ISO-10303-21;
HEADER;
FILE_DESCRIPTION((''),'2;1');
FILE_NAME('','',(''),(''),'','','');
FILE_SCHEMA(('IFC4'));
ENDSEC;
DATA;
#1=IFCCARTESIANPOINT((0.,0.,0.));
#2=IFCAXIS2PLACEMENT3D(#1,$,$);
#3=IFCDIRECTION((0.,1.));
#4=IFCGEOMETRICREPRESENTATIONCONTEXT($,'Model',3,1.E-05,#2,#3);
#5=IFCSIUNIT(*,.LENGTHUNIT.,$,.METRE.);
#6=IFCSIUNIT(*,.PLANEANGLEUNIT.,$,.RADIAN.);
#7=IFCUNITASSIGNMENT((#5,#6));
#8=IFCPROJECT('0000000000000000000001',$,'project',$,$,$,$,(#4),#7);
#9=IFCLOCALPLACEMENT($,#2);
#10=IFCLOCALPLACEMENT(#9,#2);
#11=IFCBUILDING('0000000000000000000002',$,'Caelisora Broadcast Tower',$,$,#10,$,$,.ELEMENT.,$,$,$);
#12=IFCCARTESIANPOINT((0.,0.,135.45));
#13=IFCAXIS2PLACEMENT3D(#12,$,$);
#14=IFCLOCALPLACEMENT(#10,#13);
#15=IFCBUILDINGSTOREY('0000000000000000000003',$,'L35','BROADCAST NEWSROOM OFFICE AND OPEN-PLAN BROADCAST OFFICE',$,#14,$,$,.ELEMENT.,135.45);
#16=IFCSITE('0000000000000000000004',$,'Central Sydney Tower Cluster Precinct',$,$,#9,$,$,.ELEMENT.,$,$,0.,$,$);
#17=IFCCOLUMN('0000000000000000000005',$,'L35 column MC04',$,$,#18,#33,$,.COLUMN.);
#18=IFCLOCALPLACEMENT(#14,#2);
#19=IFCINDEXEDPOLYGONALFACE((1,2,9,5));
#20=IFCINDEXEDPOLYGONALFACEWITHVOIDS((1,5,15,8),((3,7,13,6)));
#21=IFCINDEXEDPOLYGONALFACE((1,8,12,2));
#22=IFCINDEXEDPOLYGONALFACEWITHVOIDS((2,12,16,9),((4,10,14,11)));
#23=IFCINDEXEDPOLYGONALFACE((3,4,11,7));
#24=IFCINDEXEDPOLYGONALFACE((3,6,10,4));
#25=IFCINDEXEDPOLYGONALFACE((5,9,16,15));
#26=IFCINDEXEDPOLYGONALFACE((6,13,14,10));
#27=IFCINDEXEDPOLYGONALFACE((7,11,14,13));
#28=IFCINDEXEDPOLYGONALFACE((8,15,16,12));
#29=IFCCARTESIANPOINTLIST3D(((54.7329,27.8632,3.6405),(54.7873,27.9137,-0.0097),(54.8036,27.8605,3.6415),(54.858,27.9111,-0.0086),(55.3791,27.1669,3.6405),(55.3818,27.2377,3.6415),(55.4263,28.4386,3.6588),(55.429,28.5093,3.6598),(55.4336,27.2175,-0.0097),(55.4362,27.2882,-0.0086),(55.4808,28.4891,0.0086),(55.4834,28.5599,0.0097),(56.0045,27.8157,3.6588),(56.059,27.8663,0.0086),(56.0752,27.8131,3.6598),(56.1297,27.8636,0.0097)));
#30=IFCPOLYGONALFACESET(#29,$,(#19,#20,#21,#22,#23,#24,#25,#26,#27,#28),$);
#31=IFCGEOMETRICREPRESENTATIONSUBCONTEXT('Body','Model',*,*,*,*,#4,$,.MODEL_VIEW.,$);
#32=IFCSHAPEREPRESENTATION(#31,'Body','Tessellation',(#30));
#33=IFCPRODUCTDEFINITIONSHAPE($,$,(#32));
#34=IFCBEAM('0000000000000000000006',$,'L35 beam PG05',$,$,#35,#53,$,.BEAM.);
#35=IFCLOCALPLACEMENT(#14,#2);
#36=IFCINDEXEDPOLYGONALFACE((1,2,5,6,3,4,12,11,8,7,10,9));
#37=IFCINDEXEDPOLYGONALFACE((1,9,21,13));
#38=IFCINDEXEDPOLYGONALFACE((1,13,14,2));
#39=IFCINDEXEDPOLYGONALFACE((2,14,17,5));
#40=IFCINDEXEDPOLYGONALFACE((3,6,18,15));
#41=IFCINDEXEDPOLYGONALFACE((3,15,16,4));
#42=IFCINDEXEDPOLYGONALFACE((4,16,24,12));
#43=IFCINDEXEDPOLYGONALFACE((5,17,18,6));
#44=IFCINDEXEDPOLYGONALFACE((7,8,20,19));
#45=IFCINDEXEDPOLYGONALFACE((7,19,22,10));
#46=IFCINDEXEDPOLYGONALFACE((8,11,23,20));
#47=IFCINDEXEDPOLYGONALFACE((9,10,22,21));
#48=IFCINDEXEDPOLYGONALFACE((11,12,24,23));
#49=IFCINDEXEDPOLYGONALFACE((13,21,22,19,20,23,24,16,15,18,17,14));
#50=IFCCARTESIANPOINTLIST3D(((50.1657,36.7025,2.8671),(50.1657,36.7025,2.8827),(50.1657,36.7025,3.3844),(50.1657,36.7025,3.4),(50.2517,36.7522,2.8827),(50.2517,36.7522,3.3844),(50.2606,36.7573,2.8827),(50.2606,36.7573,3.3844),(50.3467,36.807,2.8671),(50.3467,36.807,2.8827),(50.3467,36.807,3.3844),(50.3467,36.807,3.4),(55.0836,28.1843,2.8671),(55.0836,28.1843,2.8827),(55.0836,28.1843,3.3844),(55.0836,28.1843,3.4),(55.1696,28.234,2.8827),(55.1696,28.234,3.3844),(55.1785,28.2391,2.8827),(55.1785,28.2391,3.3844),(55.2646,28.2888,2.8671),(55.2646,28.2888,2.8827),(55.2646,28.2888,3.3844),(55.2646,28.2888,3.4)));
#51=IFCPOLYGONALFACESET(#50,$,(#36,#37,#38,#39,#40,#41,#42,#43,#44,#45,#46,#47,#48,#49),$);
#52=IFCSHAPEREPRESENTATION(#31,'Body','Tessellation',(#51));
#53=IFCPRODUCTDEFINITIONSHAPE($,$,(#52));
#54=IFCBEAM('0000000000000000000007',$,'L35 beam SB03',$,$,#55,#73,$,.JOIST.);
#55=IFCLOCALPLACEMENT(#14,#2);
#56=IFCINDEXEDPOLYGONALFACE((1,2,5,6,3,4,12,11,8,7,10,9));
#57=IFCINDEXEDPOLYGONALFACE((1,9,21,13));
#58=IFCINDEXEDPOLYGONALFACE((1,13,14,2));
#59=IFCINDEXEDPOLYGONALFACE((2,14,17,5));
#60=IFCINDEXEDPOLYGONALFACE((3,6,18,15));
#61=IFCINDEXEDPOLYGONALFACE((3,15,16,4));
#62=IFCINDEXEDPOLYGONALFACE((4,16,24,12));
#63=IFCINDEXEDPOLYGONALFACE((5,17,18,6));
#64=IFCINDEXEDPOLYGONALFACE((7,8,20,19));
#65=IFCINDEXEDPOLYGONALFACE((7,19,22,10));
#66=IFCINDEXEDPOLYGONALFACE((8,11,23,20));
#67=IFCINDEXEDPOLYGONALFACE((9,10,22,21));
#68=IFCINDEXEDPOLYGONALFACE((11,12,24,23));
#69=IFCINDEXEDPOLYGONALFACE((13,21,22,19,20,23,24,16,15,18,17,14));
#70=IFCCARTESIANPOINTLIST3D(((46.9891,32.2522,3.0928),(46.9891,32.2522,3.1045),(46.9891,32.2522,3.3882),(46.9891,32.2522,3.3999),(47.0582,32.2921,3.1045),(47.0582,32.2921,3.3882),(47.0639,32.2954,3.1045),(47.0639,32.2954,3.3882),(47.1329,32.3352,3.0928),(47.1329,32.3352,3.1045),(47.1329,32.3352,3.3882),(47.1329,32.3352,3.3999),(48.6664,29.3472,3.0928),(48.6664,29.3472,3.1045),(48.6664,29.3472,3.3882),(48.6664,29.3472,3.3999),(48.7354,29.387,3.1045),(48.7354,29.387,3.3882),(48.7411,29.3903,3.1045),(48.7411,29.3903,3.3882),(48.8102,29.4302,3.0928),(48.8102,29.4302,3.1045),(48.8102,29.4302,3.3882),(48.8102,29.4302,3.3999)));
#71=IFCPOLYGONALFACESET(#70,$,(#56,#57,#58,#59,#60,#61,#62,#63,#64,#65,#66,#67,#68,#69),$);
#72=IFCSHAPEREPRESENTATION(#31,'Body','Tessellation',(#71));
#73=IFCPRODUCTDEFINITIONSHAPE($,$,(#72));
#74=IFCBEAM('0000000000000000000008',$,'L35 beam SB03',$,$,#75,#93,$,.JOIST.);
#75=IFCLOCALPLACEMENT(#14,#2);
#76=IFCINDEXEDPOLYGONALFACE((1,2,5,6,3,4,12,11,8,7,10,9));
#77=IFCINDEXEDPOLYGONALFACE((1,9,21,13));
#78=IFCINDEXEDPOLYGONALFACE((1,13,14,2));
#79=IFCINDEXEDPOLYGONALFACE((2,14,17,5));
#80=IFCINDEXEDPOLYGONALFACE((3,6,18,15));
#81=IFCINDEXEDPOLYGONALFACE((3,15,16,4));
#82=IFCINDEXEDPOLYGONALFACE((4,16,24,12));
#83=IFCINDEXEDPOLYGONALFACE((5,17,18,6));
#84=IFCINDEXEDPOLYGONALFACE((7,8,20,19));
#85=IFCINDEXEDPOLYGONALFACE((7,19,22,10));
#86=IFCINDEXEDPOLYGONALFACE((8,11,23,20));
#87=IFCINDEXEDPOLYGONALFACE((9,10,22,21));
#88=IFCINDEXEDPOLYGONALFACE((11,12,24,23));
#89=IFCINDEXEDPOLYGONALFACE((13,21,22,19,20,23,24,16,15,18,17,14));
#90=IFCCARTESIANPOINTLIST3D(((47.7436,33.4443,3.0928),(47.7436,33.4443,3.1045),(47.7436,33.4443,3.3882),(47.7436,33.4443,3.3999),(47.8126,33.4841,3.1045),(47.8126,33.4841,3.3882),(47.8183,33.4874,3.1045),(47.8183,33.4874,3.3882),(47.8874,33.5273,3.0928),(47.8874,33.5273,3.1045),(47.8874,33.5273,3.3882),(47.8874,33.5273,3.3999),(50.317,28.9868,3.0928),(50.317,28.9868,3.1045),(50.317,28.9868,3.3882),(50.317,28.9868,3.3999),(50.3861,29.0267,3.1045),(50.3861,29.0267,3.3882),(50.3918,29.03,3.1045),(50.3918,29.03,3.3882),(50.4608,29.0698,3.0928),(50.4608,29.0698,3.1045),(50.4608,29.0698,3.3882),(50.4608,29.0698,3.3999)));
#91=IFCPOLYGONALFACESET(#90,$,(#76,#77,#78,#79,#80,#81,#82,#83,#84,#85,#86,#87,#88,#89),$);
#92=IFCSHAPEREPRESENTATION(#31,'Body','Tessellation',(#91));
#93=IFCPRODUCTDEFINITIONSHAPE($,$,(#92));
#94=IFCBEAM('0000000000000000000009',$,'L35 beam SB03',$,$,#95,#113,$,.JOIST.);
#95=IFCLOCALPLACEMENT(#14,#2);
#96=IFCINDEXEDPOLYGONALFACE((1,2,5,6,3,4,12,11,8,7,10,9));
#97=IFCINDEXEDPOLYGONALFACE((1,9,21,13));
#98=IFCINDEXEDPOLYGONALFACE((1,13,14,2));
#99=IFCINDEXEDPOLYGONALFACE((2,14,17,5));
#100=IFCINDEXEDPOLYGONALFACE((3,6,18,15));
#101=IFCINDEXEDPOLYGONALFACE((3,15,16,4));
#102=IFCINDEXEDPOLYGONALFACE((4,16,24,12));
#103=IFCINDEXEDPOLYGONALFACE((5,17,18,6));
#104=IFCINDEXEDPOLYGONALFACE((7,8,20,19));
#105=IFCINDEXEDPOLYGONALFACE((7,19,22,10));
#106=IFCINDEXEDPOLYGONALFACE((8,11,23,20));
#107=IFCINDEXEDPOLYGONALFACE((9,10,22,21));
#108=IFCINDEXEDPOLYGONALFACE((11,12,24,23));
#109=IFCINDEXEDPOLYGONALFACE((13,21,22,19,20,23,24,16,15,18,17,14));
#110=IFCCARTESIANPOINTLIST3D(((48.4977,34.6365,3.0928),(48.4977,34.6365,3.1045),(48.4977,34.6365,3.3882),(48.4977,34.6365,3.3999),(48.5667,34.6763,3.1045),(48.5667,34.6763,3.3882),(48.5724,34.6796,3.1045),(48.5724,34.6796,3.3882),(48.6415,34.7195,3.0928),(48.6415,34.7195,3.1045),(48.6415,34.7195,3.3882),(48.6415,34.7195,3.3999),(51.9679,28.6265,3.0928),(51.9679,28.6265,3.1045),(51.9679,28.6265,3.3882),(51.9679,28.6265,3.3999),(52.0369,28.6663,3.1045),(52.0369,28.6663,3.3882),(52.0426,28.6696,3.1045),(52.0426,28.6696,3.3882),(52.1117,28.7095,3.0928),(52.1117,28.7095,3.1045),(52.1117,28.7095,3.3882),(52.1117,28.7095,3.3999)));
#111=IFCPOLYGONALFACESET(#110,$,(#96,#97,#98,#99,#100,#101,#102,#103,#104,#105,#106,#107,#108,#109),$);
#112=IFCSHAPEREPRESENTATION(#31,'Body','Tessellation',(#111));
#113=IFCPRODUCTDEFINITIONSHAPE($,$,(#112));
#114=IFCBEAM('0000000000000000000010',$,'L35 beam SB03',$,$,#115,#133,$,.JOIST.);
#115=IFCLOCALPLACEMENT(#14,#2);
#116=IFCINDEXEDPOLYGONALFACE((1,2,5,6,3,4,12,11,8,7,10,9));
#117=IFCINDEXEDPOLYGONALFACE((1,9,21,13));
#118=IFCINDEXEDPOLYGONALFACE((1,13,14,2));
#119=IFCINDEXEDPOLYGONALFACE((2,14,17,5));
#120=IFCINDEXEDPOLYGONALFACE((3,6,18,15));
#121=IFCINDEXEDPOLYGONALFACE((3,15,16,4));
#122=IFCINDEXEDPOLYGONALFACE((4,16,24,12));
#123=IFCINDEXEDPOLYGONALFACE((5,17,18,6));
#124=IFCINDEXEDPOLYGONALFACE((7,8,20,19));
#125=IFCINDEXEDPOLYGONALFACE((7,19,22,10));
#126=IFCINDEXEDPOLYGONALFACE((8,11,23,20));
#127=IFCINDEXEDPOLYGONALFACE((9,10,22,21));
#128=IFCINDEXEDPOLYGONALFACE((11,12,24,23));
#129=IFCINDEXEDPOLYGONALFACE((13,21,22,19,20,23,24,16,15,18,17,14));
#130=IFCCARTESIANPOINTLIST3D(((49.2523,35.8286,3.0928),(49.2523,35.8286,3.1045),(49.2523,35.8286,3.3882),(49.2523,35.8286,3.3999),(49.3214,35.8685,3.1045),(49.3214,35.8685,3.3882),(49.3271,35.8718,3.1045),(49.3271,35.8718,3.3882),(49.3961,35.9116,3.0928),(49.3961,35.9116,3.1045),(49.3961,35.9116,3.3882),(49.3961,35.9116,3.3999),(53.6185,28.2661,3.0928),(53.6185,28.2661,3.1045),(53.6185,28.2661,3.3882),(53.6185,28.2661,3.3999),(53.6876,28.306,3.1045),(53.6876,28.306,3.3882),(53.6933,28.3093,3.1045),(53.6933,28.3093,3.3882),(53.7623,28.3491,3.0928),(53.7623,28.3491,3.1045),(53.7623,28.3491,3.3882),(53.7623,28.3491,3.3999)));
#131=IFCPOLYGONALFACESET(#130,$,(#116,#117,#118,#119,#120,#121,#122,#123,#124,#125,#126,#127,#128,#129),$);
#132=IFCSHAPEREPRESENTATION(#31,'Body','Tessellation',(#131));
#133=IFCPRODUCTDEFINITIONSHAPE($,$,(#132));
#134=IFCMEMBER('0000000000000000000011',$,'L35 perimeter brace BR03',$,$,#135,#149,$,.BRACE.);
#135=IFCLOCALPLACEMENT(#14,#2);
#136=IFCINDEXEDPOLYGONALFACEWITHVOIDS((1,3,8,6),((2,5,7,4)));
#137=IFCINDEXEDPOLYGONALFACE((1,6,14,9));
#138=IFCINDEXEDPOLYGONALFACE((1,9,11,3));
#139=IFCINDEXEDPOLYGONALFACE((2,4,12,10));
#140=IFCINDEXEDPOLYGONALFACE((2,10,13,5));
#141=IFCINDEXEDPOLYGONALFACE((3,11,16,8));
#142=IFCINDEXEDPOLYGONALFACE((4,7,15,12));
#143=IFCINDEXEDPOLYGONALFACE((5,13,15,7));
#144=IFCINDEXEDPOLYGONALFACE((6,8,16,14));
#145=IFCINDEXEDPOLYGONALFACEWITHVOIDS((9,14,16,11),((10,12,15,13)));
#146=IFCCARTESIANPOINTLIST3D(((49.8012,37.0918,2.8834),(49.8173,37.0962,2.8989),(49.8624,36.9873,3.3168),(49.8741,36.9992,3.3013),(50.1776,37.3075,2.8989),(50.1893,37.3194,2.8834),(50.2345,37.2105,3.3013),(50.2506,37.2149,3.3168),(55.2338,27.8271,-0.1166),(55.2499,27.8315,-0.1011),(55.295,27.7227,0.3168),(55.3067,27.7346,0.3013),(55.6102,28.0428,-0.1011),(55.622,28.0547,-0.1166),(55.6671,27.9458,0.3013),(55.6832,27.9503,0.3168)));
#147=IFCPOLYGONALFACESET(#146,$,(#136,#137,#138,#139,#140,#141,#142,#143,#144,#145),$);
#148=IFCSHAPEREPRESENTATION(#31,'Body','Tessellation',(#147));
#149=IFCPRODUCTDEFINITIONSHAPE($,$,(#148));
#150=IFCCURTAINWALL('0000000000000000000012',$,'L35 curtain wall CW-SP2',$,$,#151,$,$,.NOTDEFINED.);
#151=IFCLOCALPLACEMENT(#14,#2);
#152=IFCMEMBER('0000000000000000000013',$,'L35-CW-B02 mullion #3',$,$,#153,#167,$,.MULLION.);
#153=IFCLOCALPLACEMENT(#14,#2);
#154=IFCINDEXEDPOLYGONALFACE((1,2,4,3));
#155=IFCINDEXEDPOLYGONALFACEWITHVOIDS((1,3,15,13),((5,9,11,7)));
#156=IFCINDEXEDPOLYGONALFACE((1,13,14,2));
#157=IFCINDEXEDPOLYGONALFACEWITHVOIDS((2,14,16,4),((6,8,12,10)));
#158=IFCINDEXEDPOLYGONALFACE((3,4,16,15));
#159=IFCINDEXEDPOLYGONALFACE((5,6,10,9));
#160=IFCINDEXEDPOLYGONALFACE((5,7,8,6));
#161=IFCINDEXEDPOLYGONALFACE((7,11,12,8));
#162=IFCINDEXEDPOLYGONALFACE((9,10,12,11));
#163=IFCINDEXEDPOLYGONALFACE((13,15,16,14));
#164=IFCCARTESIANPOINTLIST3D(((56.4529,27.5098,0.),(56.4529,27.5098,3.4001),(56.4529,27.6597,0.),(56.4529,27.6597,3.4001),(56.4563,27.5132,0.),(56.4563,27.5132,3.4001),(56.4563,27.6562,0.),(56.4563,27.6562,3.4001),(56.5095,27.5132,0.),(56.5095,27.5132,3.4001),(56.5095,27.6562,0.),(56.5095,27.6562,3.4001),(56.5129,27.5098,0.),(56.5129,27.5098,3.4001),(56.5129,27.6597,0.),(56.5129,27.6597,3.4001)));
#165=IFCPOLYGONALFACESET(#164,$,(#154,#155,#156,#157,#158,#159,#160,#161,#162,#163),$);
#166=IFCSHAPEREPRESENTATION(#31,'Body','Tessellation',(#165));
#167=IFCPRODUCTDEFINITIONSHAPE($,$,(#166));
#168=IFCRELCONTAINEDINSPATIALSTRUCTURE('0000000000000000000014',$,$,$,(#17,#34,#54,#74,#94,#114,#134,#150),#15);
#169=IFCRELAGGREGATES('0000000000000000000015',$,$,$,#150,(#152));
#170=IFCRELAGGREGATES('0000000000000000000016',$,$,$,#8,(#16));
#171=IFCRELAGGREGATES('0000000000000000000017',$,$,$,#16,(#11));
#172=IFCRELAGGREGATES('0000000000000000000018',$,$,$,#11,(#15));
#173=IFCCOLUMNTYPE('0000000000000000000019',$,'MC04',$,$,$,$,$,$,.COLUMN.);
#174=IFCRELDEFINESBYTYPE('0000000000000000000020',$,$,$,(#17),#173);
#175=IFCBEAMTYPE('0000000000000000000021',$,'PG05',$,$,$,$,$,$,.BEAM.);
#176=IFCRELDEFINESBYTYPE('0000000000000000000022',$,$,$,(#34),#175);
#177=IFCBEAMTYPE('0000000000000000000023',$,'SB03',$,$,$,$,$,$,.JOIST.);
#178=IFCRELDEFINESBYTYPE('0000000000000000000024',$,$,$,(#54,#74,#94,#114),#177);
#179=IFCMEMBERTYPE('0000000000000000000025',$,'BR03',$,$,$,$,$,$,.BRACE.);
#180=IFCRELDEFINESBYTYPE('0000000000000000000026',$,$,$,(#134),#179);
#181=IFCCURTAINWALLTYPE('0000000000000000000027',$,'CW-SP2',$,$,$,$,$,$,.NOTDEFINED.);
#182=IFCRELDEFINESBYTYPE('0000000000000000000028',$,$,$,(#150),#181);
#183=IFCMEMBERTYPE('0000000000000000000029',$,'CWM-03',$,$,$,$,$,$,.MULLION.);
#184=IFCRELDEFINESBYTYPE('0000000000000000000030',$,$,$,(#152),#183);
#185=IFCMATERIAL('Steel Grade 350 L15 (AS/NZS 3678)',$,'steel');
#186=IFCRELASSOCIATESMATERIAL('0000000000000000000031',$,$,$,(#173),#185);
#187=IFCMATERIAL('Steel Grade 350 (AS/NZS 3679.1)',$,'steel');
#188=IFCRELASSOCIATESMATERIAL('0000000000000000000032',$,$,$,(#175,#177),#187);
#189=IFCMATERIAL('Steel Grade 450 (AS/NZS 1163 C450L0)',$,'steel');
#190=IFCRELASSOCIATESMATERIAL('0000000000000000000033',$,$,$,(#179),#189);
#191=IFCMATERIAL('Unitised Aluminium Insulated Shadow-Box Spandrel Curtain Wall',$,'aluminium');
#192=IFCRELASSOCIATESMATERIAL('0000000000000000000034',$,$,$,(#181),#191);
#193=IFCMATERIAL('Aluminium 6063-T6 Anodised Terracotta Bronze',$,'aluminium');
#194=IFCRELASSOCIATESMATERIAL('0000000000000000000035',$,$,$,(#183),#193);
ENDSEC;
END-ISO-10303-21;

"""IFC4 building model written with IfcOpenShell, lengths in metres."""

from ifc_helpers import new_model, si_unit, direction, frame, origin, origin_2d, place, context, subcontext, project, spatial, hollow_rectangle, i_section, extrude, source, transform, mapped, material, material_profile, profile_set, type_object, type_shapes, element, aggregate, save


model = new_model("IFC4")

# Units and contexts
model_context = context("Model", 3, precision=1e-05, world=origin(), true_north=direction((0.0, 1.0)))
body_context = subcontext(model_context, "Body", "Model", "MODEL_VIEW")
ifc_project = project(units=[si_unit("LENGTHUNIT", "METRE"), si_unit("PLANEANGLEUNIT", "RADIAN")], contexts=[model_context])

# Site, building, storey
site_placement = place(None, origin())
site = spatial("IfcSite", under=ifc_project, at=site_placement, Name="Central Sydney Tower Cluster Precinct", CompositionType="ELEMENT", RefElevation=0.0)
building_placement = place(site_placement, origin())
building = spatial("IfcBuilding", under=site, at=building_placement, Name="Caelisora Broadcast Tower", CompositionType="ELEMENT")
storey_placement = place(building_placement, frame((0.0, 0.0, 135.45)))
storey = spatial("IfcBuildingStorey", under=building, at=storey_placement, Name="L35", Description="BROADCAST NEWSROOM OFFICE AND OPEN-PLAN BROADCAST OFFICE", CompositionType="ELEMENT", Elevation=135.45)

# Column
ifc_material_1 = material(Name="Steel Grade 350 L15 (AS/NZS 3678)", Category="steel")
ifc_material_profile_1 = material_profile(ifc_material_1, hollow_rectangle(XDim=0.95, YDim=0.95, WallThickness=0.05, at=origin_2d()), Name="Steel Grade 350 L15 (AS/NZS 3678)")
ifc_profile_set_1 = profile_set([ifc_material_profile_1], Name="Steel Grade 350 L15 (AS/NZS 3678)")
column_type = type_object("IfcColumnType", Name="MC04", PredefinedType="COLUMN", material=ifc_profile_set_1)
shared_shape_1 = source(origin(), body_context, "Body", "SweptSolid", [
    extrude(hollow_rectangle(XDim=0.95, YDim=0.95, WallThickness=0.05, at=origin_2d()), origin(), (0.0, 0.0, 1.0), 3.6509),
])
type_shapes(column_type, [shared_shape_1])
column_placement = place(storey_placement, frame((55.4585, 27.8887, 0.0), z_axis=(-0.014912, -0.013842, 0.999793), x_axis=(0.680325, -0.732911, 0.0)))
element("IfcColumn", 1, at=column_placement, inside=storey, type_object=column_type, Name="L35 column MC04", PredefinedType="COLUMN", context=body_context, shape_type="MappedRepresentation", body=[
    mapped(shared_shape_1, transform((0.0, 0.0, 0.0), scale=1.0)),
])

# Beams
ifc_material_2 = material(Name="Steel Grade 350 (AS/NZS 3679.1)", Category="steel")
ifc_material_profile_2 = material_profile(ifc_material_2, i_section(OverallWidth=0.209, OverallDepth=0.533, WebThickness=0.0103, FlangeThickness=0.0156, at=origin_2d()), Name="Steel Grade 350 (AS/NZS 3679.1)")
ifc_profile_set_2 = profile_set([ifc_material_profile_2], Name="Steel Grade 350 (AS/NZS 3679.1)")
beam_type_1 = type_object("IfcBeamType", Name="PG05", PredefinedType="BEAM", material=ifc_profile_set_2)
shared_shape_2 = source(origin(), body_context, "Body", "SweptSolid", [
    extrude(i_section(OverallWidth=0.209, OverallDepth=0.533, WebThickness=0.0103, FlangeThickness=0.0156, at=origin_2d()), origin(), (0.0, 0.0, 1.0), 9.8359),
])
type_shapes(beam_type_1, [shared_shape_2])
beam_1_placement = place(storey_placement, frame((55.1741, 28.2366, 3.1335), z_axis=(-0.499994, 0.866029, 0.0), x_axis=(-0.866029, -0.499994, 0.0)))
element("IfcBeam", 2, at=beam_1_placement, inside=storey, type_object=beam_type_1, Name="L35 beam PG05", PredefinedType="BEAM", context=body_context, shape_type="MappedRepresentation", body=[
    mapped(shared_shape_2, transform((0.0, 0.0, 0.0), scale=1.0)),
])
ifc_material_profile_3 = material_profile(ifc_material_2, i_section(OverallWidth=0.166, OverallDepth=0.3071, WebThickness=0.0066, FlangeThickness=0.0117, at=origin_2d()), Name="Steel Grade 350 (AS/NZS 3679.1)")
ifc_profile_set_3 = profile_set([ifc_material_profile_3], Name="Steel Grade 350 (AS/NZS 3679.1)")
beam_type_2 = type_object("IfcBeamType", Name="SB03", PredefinedType="JOIST", material=ifc_profile_set_3)
shared_shape_3 = source(origin(), body_context, "Body", "SweptSolid", [
    extrude(i_section(OverallWidth=0.166, OverallDepth=0.3071, WebThickness=0.0066, FlangeThickness=0.0117, at=origin_2d()), origin(), (0.0, 0.0, 1.0), 3.3545),
])
beam_2_placement = place(storey_placement, frame((48.7383, 29.3887, 3.2463), z_axis=(-0.500006, 0.866022, 0.0), x_axis=(-0.866022, -0.500006, 0.0)))
element("IfcBeam", 3, at=beam_2_placement, inside=storey, type_object=beam_type_2, Name="L35 beam SB03", PredefinedType="JOIST", context=body_context, shape_type="MappedRepresentation", body=[
    mapped(shared_shape_3, transform((0.0, 0.0, 0.0), scale=1.0)),
])
shared_shape_4 = source(origin(), body_context, "Body", "SweptSolid", [
    extrude(i_section(OverallWidth=0.166, OverallDepth=0.3071, WebThickness=0.0066, FlangeThickness=0.0117, at=origin_2d()), origin(), (0.0, 0.0, 1.0), 5.147),
])
beam_3_placement = place(storey_placement, frame((50.3889, 29.0283, 3.2463), z_axis=(-0.499991, 0.866031, 0.0), x_axis=(-0.866031, -0.499991, 0.0)))
element("IfcBeam", 4, at=beam_3_placement, inside=storey, type_object=beam_type_2, Name="L35 beam SB03", PredefinedType="JOIST", context=body_context, shape_type="MappedRepresentation", body=[
    mapped(shared_shape_4, transform((0.0, 0.0, 0.0), scale=1.0)),
])
shared_shape_5 = source(origin(), body_context, "Body", "SweptSolid", [
    extrude(i_section(OverallWidth=0.166, OverallDepth=0.3071, WebThickness=0.0066, FlangeThickness=0.0117, at=origin_2d()), origin(), (0.0, 0.0, 1.0), 6.9399),
])
beam_4_placement = place(storey_placement, frame((52.0398, 28.668, 3.2463), z_axis=(-0.500036, 0.866005, 0.0), x_axis=(-0.866005, -0.500036, 0.0)))
element("IfcBeam", 5, at=beam_4_placement, inside=storey, type_object=beam_type_2, Name="L35 beam SB03", PredefinedType="JOIST", context=body_context, shape_type="MappedRepresentation", body=[
    mapped(shared_shape_5, transform((0.0, 0.0, 0.0), scale=1.0)),
])
shared_shape_6 = source(origin(), body_context, "Body", "SweptSolid", [
    extrude(i_section(OverallWidth=0.166, OverallDepth=0.3071, WebThickness=0.0066, FlangeThickness=0.0117, at=origin_2d()), origin(), (0.0, 0.0, 1.0), 8.7324),
])
type_shapes(beam_type_2, [shared_shape_3, shared_shape_4, shared_shape_5, shared_shape_6])
beam_5_placement = place(storey_placement, frame((53.6904, 28.3076, 3.2463), z_axis=(-0.5, 0.866025, 0.0), x_axis=(-0.866025, -0.5, 0.0)))
element("IfcBeam", 6, at=beam_5_placement, inside=storey, type_object=beam_type_2, Name="L35 beam SB03", PredefinedType="JOIST", context=body_context, shape_type="MappedRepresentation", body=[
    mapped(shared_shape_6, transform((0.0, 0.0, 0.0), scale=1.0)),
])

# Member
ifc_material_3 = material(Name="Steel Grade 450 (AS/NZS 1163 C450L0)", Category="steel")
ifc_material_profile_4 = material_profile(ifc_material_3, hollow_rectangle(XDim=0.45, YDim=0.45, WallThickness=0.0161, at=origin_2d()), Name="Steel Grade 450 (AS/NZS 1163 C450L0)")
ifc_profile_set_4 = profile_set([ifc_material_profile_4], Name="Steel Grade 450 (AS/NZS 1163 C450L0)")
member_type_1 = type_object("IfcMemberType", Name="BR03", PredefinedType="BRACE", material=ifc_profile_set_4)
shared_shape_7 = source(origin(), body_context, "Body", "SweptSolid", [
    extrude(hollow_rectangle(XDim=0.45, YDim=0.45, WallThickness=0.0161, at=origin_2d()), origin(), (0.0, 0.0, 1.0), 11.1511),
])
type_shapes(member_type_1, [shared_shape_7])
member_1_placement = place(storey_placement, frame((55.4585, 27.8887, 0.1001), z_axis=(-0.487182, 0.830828, 0.269032), x_axis=(-0.862632, -0.505832, 0.0)))
element("IfcMember", 7, at=member_1_placement, inside=storey, type_object=member_type_1, Name="L35 perimeter brace BR03", PredefinedType="BRACE", context=body_context, shape_type="MappedRepresentation", body=[
    mapped(shared_shape_7, transform((0.0, 0.0, 0.0), scale=1.0)),
])

# Curtain wall, member
ifc_material_4 = material(Name="Unitised Aluminium Insulated Shadow-Box Spandrel Curtain Wall", Category="aluminium")
curtain_wall_type_1 = type_object("IfcCurtainWallType", Name="CW-SP2", PredefinedType="NOTDEFINED", material=ifc_material_4)
curtain_wall_1_placement = place(storey_placement, origin())
curtain_wall_1 = element("IfcCurtainWall", 8, at=curtain_wall_1_placement, inside=storey, type_object=curtain_wall_type_1, Name="L35 curtain wall CW-SP2", PredefinedType="NOTDEFINED")
ifc_material_5 = material(Name="Aluminium 6063-T6 Anodised Terracotta Bronze", Category="aluminium")
ifc_material_profile_5 = material_profile(ifc_material_5, hollow_rectangle(XDim=0.0601, YDim=0.1499, WallThickness=0.0034, at=origin_2d()), Name="Aluminium 6063-T6 Anodised Terracotta Bronze")
ifc_profile_set_5 = profile_set([ifc_material_profile_5], Name="Aluminium 6063-T6 Anodised Terracotta Bronze")
member_type_2 = type_object("IfcMemberType", Name="CWM-03", PredefinedType="MULLION", material=ifc_profile_set_5)
shared_shape_8 = source(origin(), body_context, "Body", "SweptSolid", [
    extrude(hollow_rectangle(XDim=0.0601, YDim=0.1499, WallThickness=0.0034, at=origin_2d()), origin(), (0.0, 0.0, 1.0), 3.4001),
])
type_shapes(member_type_2, [shared_shape_8])
member_2_placement = place(storey_placement, frame((56.4829, 27.5847, 0.0), z_axis=(0.0, 0.0, 1.0), x_axis=(1.0, 0.0, 0.0)))
member_2 = element("IfcMember", 9, at=member_2_placement, type_object=member_type_2, Name="L35-CW-B02 mullion #3", PredefinedType="MULLION", context=body_context, shape_type="MappedRepresentation", body=[
    mapped(shared_shape_8, transform((0.0, 0.0, 0.0), scale=1.0)),
])

aggregate(curtain_wall_1, [member_2])

save(model, "model.ifc")
